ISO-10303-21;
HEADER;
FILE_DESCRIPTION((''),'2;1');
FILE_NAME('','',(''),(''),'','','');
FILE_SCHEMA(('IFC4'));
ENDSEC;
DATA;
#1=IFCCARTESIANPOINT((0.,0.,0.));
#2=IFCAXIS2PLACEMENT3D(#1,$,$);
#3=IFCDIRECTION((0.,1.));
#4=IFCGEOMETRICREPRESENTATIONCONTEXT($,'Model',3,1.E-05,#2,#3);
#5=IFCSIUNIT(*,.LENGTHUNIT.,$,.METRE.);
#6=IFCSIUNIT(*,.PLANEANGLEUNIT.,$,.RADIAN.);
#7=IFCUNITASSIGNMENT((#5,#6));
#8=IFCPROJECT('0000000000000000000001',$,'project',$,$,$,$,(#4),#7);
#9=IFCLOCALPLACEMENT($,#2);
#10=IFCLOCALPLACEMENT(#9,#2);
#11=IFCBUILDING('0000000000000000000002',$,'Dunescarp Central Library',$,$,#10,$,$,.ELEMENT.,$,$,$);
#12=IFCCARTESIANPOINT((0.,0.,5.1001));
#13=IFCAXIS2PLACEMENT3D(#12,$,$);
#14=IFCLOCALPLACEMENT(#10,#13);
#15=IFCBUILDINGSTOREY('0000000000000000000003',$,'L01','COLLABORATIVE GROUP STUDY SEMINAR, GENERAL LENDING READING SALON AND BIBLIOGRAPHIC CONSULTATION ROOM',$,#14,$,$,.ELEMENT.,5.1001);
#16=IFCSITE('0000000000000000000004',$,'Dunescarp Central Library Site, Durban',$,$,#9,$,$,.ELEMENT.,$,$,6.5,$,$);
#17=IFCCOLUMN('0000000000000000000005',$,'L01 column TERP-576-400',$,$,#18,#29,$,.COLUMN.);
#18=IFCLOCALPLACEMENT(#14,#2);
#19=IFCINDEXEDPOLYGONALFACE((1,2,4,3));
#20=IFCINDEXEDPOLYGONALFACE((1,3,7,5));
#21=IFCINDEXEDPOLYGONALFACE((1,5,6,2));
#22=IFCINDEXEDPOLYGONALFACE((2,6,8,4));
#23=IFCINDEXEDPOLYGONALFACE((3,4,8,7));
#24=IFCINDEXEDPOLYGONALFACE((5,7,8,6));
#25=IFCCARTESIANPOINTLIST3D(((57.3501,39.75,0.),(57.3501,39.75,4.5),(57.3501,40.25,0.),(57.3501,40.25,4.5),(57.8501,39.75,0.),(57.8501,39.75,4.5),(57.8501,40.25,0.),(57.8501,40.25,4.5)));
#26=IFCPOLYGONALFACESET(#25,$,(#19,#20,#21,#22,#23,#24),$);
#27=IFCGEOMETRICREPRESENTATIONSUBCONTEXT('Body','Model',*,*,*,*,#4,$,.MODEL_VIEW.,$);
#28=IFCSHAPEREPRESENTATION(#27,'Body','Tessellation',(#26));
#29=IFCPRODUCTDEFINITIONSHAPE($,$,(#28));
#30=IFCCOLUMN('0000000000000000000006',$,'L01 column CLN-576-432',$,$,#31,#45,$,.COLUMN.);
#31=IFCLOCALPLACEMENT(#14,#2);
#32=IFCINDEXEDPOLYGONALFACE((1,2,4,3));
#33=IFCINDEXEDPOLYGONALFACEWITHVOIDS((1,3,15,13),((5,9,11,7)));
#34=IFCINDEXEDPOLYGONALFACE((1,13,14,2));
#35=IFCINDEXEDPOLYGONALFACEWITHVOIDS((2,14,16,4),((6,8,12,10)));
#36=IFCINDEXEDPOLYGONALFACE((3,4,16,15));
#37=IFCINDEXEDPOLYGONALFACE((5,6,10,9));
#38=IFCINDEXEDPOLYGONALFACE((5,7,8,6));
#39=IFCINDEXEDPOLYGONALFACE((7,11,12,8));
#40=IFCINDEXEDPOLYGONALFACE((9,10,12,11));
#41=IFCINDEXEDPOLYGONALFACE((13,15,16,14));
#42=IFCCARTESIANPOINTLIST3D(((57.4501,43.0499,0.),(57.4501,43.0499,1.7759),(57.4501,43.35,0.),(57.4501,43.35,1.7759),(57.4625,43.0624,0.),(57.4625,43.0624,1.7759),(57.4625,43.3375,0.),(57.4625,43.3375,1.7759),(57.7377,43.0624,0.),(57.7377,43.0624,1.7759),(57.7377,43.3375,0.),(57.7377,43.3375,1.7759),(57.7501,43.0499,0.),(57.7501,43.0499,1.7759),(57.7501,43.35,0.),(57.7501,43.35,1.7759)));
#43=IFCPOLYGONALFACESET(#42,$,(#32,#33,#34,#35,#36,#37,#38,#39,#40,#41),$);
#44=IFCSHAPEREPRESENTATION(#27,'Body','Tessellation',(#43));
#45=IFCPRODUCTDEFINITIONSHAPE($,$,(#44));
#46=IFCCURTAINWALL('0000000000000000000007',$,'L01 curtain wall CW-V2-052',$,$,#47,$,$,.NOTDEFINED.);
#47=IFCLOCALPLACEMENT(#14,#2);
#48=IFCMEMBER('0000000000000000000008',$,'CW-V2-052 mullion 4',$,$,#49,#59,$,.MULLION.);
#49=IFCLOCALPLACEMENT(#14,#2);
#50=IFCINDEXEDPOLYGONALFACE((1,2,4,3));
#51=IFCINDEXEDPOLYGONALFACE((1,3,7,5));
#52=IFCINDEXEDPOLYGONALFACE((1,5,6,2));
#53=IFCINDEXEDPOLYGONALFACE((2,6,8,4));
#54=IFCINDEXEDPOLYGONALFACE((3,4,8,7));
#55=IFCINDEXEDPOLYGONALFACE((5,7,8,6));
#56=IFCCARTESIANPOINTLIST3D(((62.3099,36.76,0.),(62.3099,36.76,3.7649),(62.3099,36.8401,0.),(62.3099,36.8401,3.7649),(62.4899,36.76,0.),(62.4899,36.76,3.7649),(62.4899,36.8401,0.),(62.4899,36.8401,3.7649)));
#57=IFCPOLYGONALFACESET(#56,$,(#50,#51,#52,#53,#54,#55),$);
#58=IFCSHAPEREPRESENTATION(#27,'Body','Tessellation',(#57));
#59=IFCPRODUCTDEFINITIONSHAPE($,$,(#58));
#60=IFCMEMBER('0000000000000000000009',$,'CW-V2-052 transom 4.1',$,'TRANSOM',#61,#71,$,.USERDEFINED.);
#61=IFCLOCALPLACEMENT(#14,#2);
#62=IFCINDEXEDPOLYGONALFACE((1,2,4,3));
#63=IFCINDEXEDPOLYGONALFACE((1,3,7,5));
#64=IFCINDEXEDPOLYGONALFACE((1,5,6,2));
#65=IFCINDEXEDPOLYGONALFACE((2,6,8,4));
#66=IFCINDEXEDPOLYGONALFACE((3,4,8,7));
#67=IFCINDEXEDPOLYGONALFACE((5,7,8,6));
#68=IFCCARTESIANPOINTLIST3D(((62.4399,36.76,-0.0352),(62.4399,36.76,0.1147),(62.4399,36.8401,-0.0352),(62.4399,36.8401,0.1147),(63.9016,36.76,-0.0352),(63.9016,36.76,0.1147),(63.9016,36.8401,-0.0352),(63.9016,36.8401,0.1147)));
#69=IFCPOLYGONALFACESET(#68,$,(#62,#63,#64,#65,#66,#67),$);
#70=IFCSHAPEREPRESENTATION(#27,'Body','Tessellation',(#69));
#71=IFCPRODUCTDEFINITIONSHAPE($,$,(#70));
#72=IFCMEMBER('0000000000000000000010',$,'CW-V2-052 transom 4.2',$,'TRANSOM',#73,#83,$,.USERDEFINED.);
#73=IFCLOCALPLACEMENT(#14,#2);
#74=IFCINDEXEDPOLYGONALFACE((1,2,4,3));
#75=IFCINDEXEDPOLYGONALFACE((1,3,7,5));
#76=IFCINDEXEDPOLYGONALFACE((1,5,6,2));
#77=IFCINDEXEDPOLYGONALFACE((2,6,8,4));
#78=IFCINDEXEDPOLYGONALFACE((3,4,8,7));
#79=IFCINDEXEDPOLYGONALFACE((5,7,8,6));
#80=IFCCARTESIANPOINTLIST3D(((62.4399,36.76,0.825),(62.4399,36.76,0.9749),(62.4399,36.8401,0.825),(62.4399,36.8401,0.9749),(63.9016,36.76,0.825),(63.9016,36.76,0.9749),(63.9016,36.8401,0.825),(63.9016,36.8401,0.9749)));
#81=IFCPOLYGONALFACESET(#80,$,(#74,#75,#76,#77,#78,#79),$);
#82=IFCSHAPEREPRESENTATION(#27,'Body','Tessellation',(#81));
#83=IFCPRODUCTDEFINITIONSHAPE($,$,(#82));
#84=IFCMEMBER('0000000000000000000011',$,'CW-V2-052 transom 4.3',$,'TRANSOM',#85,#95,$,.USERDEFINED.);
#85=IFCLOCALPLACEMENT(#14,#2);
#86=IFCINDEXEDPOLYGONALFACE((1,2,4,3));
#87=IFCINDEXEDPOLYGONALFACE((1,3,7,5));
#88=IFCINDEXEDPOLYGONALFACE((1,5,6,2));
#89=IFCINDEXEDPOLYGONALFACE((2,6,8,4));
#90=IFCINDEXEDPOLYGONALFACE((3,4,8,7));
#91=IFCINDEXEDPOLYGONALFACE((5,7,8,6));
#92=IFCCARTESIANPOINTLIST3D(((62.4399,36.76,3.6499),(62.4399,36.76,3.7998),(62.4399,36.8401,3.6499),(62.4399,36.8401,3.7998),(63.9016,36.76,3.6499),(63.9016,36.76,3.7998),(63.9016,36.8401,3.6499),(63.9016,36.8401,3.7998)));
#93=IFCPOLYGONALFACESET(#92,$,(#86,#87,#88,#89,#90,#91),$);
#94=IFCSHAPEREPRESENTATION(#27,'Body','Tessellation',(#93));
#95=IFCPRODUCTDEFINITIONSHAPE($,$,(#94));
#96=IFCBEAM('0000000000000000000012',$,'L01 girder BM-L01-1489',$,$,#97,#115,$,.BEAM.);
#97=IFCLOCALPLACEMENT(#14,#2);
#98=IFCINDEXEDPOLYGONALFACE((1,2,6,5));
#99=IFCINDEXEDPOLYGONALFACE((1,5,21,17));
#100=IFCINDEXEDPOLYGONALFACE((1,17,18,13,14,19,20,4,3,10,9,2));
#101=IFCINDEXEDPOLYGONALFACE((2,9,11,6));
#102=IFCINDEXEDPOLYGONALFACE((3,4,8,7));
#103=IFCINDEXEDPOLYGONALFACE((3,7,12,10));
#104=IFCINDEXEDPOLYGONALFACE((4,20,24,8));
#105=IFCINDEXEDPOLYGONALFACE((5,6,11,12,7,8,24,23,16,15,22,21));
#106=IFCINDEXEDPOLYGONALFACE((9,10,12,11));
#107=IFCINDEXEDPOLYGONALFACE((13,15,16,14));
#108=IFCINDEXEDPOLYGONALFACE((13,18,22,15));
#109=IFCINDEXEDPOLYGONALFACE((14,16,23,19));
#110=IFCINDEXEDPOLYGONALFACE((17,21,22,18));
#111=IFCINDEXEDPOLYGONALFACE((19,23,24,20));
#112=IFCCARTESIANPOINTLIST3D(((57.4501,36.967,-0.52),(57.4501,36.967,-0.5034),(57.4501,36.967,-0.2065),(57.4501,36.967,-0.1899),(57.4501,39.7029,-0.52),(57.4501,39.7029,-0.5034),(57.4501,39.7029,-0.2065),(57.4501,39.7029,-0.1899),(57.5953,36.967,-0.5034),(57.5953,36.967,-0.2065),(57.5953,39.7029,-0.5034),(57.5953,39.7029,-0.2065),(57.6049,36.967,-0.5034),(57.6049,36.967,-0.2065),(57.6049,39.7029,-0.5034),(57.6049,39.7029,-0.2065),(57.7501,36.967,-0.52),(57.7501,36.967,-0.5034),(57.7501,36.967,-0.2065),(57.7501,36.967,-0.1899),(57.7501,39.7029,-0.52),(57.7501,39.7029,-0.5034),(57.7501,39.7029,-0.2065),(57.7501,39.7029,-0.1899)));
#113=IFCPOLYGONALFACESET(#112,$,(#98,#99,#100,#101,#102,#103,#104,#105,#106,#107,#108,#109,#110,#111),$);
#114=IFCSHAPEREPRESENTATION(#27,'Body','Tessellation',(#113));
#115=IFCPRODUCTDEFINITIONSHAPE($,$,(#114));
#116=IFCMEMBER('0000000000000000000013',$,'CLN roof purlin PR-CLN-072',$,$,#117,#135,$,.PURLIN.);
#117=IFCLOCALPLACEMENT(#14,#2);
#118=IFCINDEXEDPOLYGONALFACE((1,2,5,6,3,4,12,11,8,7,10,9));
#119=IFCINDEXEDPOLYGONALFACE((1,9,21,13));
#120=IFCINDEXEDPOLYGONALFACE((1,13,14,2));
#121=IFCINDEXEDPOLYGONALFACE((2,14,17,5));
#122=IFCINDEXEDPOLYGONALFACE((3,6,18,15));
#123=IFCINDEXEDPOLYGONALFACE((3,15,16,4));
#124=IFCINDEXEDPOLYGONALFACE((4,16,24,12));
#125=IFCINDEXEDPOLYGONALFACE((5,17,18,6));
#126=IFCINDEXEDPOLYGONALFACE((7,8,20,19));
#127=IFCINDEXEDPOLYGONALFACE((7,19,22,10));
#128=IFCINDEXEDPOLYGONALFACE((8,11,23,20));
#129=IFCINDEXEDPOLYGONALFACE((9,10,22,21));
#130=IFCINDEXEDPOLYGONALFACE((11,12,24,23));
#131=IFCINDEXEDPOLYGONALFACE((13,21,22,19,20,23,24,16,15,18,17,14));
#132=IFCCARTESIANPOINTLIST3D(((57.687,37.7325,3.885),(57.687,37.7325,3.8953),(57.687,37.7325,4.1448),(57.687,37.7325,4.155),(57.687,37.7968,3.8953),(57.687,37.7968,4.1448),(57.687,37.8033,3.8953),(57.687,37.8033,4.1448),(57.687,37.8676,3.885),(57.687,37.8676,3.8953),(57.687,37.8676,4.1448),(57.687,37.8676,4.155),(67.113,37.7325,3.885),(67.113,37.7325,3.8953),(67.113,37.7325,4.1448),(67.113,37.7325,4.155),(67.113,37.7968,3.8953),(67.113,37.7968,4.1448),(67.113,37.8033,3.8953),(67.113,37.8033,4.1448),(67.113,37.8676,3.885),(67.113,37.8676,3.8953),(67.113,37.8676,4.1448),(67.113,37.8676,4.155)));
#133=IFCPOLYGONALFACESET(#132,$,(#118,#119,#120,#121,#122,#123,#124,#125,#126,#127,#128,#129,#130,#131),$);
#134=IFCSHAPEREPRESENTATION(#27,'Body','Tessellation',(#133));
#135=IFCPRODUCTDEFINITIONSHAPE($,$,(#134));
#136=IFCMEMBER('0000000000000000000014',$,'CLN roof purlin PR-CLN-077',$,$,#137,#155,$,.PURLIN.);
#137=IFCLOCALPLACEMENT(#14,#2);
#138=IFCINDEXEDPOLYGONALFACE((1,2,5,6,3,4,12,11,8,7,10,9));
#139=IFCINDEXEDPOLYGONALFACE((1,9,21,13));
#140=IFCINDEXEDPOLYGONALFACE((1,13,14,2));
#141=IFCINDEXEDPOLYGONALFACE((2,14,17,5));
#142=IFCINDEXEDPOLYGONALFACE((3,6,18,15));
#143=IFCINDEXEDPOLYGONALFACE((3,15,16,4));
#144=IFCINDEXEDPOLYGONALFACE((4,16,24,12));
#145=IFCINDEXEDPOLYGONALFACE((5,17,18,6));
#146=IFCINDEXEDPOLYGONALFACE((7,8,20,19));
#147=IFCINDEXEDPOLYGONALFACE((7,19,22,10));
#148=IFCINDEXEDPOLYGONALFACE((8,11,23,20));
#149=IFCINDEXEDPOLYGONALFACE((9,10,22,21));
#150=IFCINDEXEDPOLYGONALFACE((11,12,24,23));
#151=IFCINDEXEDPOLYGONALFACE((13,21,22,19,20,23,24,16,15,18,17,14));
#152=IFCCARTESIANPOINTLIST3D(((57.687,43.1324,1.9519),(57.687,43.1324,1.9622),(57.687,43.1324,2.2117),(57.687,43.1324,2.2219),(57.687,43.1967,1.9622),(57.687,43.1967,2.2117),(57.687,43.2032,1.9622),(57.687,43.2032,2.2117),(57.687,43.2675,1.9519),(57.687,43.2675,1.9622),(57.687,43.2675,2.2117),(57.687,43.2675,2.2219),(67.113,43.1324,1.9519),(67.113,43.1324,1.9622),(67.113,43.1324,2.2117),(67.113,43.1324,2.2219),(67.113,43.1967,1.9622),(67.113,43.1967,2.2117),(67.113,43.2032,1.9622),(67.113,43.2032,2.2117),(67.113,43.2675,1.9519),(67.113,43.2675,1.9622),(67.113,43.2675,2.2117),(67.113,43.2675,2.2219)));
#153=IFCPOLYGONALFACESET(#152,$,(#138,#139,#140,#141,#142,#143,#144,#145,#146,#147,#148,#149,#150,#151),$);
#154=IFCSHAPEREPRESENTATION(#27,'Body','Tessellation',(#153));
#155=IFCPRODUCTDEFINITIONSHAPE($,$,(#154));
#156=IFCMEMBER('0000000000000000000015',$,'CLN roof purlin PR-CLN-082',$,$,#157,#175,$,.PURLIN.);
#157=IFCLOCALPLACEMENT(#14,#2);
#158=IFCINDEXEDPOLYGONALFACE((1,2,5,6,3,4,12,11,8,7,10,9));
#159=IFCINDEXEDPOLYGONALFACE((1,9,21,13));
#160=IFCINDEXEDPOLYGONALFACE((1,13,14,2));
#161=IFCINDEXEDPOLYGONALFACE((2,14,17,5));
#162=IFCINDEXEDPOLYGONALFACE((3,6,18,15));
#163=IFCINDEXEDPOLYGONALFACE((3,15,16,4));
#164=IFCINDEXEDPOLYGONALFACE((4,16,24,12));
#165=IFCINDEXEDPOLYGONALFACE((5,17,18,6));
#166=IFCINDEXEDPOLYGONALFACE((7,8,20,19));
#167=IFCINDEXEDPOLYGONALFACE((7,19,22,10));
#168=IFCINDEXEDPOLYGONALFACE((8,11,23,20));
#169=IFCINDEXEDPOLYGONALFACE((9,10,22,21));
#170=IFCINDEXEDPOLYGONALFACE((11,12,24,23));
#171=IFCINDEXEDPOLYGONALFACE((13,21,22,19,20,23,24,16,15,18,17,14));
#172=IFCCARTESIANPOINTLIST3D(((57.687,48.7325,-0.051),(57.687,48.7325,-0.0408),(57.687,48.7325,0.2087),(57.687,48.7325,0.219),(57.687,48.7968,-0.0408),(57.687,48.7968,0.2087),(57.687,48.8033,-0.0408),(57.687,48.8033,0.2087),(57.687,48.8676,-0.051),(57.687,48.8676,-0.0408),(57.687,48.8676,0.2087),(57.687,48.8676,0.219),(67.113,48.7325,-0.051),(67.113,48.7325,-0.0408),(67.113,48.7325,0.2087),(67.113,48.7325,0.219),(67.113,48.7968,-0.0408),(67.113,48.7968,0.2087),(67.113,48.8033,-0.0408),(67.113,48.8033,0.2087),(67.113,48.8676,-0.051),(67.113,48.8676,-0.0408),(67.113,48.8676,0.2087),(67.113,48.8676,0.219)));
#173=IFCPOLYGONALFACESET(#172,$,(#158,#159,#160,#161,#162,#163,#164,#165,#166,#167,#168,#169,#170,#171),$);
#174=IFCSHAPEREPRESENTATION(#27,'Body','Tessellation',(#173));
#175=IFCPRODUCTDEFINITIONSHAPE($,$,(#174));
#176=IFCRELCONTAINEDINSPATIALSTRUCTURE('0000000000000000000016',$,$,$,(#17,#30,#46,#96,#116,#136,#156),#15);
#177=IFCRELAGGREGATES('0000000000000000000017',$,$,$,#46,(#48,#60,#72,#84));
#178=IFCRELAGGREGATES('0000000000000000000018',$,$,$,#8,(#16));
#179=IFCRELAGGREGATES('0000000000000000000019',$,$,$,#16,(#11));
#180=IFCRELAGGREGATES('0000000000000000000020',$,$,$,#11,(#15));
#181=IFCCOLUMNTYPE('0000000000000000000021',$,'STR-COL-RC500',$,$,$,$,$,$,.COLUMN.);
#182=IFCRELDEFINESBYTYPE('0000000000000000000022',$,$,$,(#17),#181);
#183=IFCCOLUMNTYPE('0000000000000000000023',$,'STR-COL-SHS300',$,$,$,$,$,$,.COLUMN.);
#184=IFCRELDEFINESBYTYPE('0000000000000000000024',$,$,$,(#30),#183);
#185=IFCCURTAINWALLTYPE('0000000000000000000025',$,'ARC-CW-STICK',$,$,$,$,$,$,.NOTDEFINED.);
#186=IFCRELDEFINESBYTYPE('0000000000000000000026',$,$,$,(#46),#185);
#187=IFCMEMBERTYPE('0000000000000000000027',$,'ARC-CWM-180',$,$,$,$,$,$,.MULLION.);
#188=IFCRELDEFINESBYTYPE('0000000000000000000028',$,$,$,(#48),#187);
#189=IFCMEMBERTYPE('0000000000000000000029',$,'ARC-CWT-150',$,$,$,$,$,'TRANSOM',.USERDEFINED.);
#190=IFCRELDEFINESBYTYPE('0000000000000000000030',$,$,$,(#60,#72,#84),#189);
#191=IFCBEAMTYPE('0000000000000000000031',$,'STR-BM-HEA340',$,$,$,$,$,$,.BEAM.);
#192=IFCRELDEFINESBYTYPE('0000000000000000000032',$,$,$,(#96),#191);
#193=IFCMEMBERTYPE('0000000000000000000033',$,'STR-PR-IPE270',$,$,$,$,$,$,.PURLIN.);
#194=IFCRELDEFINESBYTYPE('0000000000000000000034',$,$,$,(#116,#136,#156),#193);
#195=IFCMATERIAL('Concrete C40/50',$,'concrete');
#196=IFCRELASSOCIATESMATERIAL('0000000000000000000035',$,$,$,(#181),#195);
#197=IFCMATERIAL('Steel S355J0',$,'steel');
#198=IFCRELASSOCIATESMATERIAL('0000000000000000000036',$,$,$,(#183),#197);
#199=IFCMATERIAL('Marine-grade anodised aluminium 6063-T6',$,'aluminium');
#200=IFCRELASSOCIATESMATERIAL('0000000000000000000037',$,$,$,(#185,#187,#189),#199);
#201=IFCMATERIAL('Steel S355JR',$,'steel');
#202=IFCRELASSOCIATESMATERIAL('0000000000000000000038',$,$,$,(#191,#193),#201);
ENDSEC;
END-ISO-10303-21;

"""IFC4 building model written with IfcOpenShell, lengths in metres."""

from ifc_helpers import new_model, si_unit, direction, frame, origin, origin_2d, place, context, subcontext, project, spatial, rectangle, hollow_rectangle, i_section, extrude, material, material_profile, profile_set, type_object, element, aggregate, save


model = new_model("IFC4")

# Units and contexts
model_context = context("Model", 3, precision=1e-05, world=origin(), true_north=direction((0.0, 1.0)))
body_context = subcontext(model_context, "Body", "Model", "MODEL_VIEW")
ifc_project = project(units=[si_unit("LENGTHUNIT", "METRE"), si_unit("PLANEANGLEUNIT", "RADIAN")], contexts=[model_context])

# Site, building, storey
site_placement = place(None, origin())
site = spatial("IfcSite", under=ifc_project, at=site_placement, Name="Dunescarp Central Library Site, Durban", CompositionType="ELEMENT", RefElevation=6.5)
building_placement = place(site_placement, origin())
building = spatial("IfcBuilding", under=site, at=building_placement, Name="Dunescarp Central Library", CompositionType="ELEMENT")
storey_placement = place(building_placement, frame((0.0, 0.0, 5.1001)))
storey = spatial("IfcBuildingStorey", under=building, at=storey_placement, Name="L01", Description="COLLABORATIVE GROUP STUDY SEMINAR, GENERAL LENDING READING SALON AND BIBLIOGRAPHIC CONSULTATION ROOM", CompositionType="ELEMENT", Elevation=5.1001)

# Columns
ifc_material_1 = material(Name="Concrete C40/50", Category="concrete")
ifc_material_profile_1 = material_profile(ifc_material_1, rectangle(XDim=0.5, YDim=0.5, at=origin_2d()), Name="RC 500x500")
ifc_profile_set_1 = profile_set([ifc_material_profile_1], Name="Concrete C40/50")
column_type_1 = type_object("IfcColumnType", Name="STR-COL-RC500", PredefinedType="COLUMN", material=ifc_profile_set_1)
column_1_placement = place(storey_placement, frame((57.6001, 40.0, 0.0), z_axis=(0.0, 0.0, 1.0), x_axis=(1.0, 0.0, 0.0)))
element("IfcColumn", 1, at=column_1_placement, inside=storey, type_object=column_type_1, Name="L01 column TERP-576-400", PredefinedType="COLUMN", context=body_context, shape_type="SweptSolid", body=[
    extrude(rectangle(XDim=0.5, YDim=0.5, at=origin_2d()), origin(), (0.0, 0.0, 1.0), 4.5),
])
ifc_material_2 = material(Name="Steel S355J0", Category="steel")
ifc_material_profile_2 = material_profile(ifc_material_2, hollow_rectangle(XDim=0.3, YDim=0.3, WallThickness=0.0125, at=origin_2d()), Name="SHS 300x300x12.5")
ifc_profile_set_2 = profile_set([ifc_material_profile_2], Name="Steel S355J0")
column_type_2 = type_object("IfcColumnType", Name="STR-COL-SHS300", PredefinedType="COLUMN", material=ifc_profile_set_2)
column_2_placement = place(storey_placement, frame((57.6001, 43.2, 0.0), z_axis=(0.0, 0.0, 1.0), x_axis=(1.0, 0.0, 0.0)))
element("IfcColumn", 2, at=column_2_placement, inside=storey, type_object=column_type_2, Name="L01 column CLN-576-432", PredefinedType="COLUMN", context=body_context, shape_type="SweptSolid", body=[
    extrude(hollow_rectangle(XDim=0.3, YDim=0.3, WallThickness=0.0125, at=origin_2d()), origin(), (0.0, 0.0, 1.0), 1.7759),
])

# Curtain wall, members
ifc_material_3 = material(Name="Marine-grade anodised aluminium 6063-T6", Category="aluminium")
curtain_wall_type = type_object("IfcCurtainWallType", Name="ARC-CW-STICK", PredefinedType="NOTDEFINED", material=ifc_material_3)
curtain_wall_placement = place(storey_placement, origin())
curtain_wall = element("IfcCurtainWall", 3, at=curtain_wall_placement, inside=storey, type_object=curtain_wall_type, Name="L01 curtain wall CW-V2-052", PredefinedType="NOTDEFINED")
ifc_material_profile_3 = material_profile(ifc_material_3, rectangle(XDim=0.0801, YDim=0.1799, at=origin_2d()), Name="AL 80x180")
ifc_profile_set_3 = profile_set([ifc_material_profile_3], Name="Marine-grade anodised aluminium 6063-T6")
member_type_1 = type_object("IfcMemberType", Name="ARC-CWM-180", PredefinedType="MULLION", material=ifc_profile_set_3)
member_1_placement = place(storey_placement, frame((62.3999, 36.8, 0.0), z_axis=(0.0, 0.0, 1.0), x_axis=(0.0, 1.0, 0.0)))
member_1 = element("IfcMember", 4, at=member_1_placement, type_object=member_type_1, Name="CW-V2-052 mullion 4", PredefinedType="MULLION", context=body_context, shape_type="SweptSolid", body=[
    extrude(rectangle(XDim=0.0801, YDim=0.1799, at=origin_2d()), origin(), (0.0, 0.0, 1.0), 3.7649),
])
ifc_material_profile_4 = material_profile(ifc_material_3, rectangle(XDim=0.0801, YDim=0.1499, at=origin_2d()), Name="AL 80x150")
ifc_profile_set_4 = profile_set([ifc_material_profile_4], Name="Marine-grade anodised aluminium 6063-T6")
member_type_2 = type_object("IfcMemberType", Name="ARC-CWT-150", ElementType="TRANSOM", PredefinedType="USERDEFINED", material=ifc_profile_set_4)
member_2_placement = place(storey_placement, frame((62.4399, 36.8, 0.0398), z_axis=(1.0, 0.0, 0.0), x_axis=(0.0, 1.0, 0.0)))
member_2 = element("IfcMember", 5, at=member_2_placement, type_object=member_type_2, Name="CW-V2-052 transom 4.1", ObjectType="TRANSOM", PredefinedType="USERDEFINED", context=body_context, shape_type="SweptSolid", body=[
    extrude(rectangle(XDim=0.0801, YDim=0.1499, at=origin_2d()), origin(), (0.0, 0.0, 1.0), 1.4617),
])
member_3_placement = place(storey_placement, frame((62.4399, 36.8, 0.8999), z_axis=(1.0, 0.0, 0.0), x_axis=(0.0, 1.0, 0.0)))
member_3 = element("IfcMember", 6, at=member_3_placement, type_object=member_type_2, Name="CW-V2-052 transom 4.2", ObjectType="TRANSOM", PredefinedType="USERDEFINED", context=body_context, shape_type="SweptSolid", body=[
    extrude(rectangle(XDim=0.0801, YDim=0.1499, at=origin_2d()), origin(), (0.0, 0.0, 1.0), 1.4617),
])
member_4_placement = place(storey_placement, frame((62.4399, 36.8, 3.7249), z_axis=(1.0, 0.0, 0.0), x_axis=(0.0, 1.0, 0.0)))
member_4 = element("IfcMember", 7, at=member_4_placement, type_object=member_type_2, Name="CW-V2-052 transom 4.3", ObjectType="TRANSOM", PredefinedType="USERDEFINED", context=body_context, shape_type="SweptSolid", body=[
    extrude(rectangle(XDim=0.0801, YDim=0.1499, at=origin_2d()), origin(), (0.0, 0.0, 1.0), 1.4617),
])

# Beam
ifc_material_4 = material(Name="Steel S355JR", Category="steel")
ifc_material_profile_5 = material_profile(ifc_material_4, i_section(OverallWidth=0.3, OverallDepth=0.3301, WebThickness=0.0095, FlangeThickness=0.0166, at=origin_2d()), Name="HEA 340")
ifc_profile_set_5 = profile_set([ifc_material_profile_5], Name="Steel S355JR")
beam_type = type_object("IfcBeamType", Name="STR-BM-HEA340", PredefinedType="BEAM", material=ifc_profile_set_5)
beam_placement = place(storey_placement, frame((57.6001, 36.967, -0.355), z_axis=(0.0, 1.0, 0.0), x_axis=(-1.0, 0.0, 0.0)))
element("IfcBeam", 8, at=beam_placement, inside=storey, type_object=beam_type, Name="L01 girder BM-L01-1489", PredefinedType="BEAM", context=body_context, shape_type="SweptSolid", body=[
    extrude(i_section(OverallWidth=0.3, OverallDepth=0.3301, WebThickness=0.0095, FlangeThickness=0.0166, at=origin_2d()), origin(), (0.0, 0.0, 1.0), 2.7358),
])

# Members
ifc_material_profile_6 = material_profile(ifc_material_4, i_section(OverallWidth=0.135, OverallDepth=0.27, WebThickness=0.0066, FlangeThickness=0.0103, at=origin_2d()), Name="IPE 270")
ifc_profile_set_6 = profile_set([ifc_material_profile_6], Name="Steel S355JR")
member_type_3 = type_object("IfcMemberType", Name="STR-PR-IPE270", PredefinedType="PURLIN", material=ifc_profile_set_6)
for number, where, z_axis, x_axis, name in (
    (9, (57.687, 37.8, 4.02), (1.0, 0.0, 0.0), (0.0, 1.0, 0.0), "CLN roof purlin PR-CLN-072"),
    (10, (57.687, 43.2, 2.0869), (1.0, 0.0, 0.0), (0.0, 1.0, 0.0), "CLN roof purlin PR-CLN-077"),
    (11, (57.687, 48.8, 0.084), (1.0, 0.0, 0.0), (0.0, 1.0, 0.0), "CLN roof purlin PR-CLN-082"),
):
    element("IfcMember", number, at=place(storey_placement, frame(where, z_axis=z_axis, x_axis=x_axis)), inside=storey, type_object=member_type_3, Name=name, PredefinedType="PURLIN", context=body_context, shape_type="SweptSolid", body=[
        extrude(i_section(OverallWidth=0.135, OverallDepth=0.27, WebThickness=0.0066, FlangeThickness=0.0103, at=origin_2d()), origin(), (0.0, 0.0, 1.0), 9.426),
    ])

aggregate(curtain_wall, [member_1, member_2, member_3, member_4])

save(model, "model.ifc")
